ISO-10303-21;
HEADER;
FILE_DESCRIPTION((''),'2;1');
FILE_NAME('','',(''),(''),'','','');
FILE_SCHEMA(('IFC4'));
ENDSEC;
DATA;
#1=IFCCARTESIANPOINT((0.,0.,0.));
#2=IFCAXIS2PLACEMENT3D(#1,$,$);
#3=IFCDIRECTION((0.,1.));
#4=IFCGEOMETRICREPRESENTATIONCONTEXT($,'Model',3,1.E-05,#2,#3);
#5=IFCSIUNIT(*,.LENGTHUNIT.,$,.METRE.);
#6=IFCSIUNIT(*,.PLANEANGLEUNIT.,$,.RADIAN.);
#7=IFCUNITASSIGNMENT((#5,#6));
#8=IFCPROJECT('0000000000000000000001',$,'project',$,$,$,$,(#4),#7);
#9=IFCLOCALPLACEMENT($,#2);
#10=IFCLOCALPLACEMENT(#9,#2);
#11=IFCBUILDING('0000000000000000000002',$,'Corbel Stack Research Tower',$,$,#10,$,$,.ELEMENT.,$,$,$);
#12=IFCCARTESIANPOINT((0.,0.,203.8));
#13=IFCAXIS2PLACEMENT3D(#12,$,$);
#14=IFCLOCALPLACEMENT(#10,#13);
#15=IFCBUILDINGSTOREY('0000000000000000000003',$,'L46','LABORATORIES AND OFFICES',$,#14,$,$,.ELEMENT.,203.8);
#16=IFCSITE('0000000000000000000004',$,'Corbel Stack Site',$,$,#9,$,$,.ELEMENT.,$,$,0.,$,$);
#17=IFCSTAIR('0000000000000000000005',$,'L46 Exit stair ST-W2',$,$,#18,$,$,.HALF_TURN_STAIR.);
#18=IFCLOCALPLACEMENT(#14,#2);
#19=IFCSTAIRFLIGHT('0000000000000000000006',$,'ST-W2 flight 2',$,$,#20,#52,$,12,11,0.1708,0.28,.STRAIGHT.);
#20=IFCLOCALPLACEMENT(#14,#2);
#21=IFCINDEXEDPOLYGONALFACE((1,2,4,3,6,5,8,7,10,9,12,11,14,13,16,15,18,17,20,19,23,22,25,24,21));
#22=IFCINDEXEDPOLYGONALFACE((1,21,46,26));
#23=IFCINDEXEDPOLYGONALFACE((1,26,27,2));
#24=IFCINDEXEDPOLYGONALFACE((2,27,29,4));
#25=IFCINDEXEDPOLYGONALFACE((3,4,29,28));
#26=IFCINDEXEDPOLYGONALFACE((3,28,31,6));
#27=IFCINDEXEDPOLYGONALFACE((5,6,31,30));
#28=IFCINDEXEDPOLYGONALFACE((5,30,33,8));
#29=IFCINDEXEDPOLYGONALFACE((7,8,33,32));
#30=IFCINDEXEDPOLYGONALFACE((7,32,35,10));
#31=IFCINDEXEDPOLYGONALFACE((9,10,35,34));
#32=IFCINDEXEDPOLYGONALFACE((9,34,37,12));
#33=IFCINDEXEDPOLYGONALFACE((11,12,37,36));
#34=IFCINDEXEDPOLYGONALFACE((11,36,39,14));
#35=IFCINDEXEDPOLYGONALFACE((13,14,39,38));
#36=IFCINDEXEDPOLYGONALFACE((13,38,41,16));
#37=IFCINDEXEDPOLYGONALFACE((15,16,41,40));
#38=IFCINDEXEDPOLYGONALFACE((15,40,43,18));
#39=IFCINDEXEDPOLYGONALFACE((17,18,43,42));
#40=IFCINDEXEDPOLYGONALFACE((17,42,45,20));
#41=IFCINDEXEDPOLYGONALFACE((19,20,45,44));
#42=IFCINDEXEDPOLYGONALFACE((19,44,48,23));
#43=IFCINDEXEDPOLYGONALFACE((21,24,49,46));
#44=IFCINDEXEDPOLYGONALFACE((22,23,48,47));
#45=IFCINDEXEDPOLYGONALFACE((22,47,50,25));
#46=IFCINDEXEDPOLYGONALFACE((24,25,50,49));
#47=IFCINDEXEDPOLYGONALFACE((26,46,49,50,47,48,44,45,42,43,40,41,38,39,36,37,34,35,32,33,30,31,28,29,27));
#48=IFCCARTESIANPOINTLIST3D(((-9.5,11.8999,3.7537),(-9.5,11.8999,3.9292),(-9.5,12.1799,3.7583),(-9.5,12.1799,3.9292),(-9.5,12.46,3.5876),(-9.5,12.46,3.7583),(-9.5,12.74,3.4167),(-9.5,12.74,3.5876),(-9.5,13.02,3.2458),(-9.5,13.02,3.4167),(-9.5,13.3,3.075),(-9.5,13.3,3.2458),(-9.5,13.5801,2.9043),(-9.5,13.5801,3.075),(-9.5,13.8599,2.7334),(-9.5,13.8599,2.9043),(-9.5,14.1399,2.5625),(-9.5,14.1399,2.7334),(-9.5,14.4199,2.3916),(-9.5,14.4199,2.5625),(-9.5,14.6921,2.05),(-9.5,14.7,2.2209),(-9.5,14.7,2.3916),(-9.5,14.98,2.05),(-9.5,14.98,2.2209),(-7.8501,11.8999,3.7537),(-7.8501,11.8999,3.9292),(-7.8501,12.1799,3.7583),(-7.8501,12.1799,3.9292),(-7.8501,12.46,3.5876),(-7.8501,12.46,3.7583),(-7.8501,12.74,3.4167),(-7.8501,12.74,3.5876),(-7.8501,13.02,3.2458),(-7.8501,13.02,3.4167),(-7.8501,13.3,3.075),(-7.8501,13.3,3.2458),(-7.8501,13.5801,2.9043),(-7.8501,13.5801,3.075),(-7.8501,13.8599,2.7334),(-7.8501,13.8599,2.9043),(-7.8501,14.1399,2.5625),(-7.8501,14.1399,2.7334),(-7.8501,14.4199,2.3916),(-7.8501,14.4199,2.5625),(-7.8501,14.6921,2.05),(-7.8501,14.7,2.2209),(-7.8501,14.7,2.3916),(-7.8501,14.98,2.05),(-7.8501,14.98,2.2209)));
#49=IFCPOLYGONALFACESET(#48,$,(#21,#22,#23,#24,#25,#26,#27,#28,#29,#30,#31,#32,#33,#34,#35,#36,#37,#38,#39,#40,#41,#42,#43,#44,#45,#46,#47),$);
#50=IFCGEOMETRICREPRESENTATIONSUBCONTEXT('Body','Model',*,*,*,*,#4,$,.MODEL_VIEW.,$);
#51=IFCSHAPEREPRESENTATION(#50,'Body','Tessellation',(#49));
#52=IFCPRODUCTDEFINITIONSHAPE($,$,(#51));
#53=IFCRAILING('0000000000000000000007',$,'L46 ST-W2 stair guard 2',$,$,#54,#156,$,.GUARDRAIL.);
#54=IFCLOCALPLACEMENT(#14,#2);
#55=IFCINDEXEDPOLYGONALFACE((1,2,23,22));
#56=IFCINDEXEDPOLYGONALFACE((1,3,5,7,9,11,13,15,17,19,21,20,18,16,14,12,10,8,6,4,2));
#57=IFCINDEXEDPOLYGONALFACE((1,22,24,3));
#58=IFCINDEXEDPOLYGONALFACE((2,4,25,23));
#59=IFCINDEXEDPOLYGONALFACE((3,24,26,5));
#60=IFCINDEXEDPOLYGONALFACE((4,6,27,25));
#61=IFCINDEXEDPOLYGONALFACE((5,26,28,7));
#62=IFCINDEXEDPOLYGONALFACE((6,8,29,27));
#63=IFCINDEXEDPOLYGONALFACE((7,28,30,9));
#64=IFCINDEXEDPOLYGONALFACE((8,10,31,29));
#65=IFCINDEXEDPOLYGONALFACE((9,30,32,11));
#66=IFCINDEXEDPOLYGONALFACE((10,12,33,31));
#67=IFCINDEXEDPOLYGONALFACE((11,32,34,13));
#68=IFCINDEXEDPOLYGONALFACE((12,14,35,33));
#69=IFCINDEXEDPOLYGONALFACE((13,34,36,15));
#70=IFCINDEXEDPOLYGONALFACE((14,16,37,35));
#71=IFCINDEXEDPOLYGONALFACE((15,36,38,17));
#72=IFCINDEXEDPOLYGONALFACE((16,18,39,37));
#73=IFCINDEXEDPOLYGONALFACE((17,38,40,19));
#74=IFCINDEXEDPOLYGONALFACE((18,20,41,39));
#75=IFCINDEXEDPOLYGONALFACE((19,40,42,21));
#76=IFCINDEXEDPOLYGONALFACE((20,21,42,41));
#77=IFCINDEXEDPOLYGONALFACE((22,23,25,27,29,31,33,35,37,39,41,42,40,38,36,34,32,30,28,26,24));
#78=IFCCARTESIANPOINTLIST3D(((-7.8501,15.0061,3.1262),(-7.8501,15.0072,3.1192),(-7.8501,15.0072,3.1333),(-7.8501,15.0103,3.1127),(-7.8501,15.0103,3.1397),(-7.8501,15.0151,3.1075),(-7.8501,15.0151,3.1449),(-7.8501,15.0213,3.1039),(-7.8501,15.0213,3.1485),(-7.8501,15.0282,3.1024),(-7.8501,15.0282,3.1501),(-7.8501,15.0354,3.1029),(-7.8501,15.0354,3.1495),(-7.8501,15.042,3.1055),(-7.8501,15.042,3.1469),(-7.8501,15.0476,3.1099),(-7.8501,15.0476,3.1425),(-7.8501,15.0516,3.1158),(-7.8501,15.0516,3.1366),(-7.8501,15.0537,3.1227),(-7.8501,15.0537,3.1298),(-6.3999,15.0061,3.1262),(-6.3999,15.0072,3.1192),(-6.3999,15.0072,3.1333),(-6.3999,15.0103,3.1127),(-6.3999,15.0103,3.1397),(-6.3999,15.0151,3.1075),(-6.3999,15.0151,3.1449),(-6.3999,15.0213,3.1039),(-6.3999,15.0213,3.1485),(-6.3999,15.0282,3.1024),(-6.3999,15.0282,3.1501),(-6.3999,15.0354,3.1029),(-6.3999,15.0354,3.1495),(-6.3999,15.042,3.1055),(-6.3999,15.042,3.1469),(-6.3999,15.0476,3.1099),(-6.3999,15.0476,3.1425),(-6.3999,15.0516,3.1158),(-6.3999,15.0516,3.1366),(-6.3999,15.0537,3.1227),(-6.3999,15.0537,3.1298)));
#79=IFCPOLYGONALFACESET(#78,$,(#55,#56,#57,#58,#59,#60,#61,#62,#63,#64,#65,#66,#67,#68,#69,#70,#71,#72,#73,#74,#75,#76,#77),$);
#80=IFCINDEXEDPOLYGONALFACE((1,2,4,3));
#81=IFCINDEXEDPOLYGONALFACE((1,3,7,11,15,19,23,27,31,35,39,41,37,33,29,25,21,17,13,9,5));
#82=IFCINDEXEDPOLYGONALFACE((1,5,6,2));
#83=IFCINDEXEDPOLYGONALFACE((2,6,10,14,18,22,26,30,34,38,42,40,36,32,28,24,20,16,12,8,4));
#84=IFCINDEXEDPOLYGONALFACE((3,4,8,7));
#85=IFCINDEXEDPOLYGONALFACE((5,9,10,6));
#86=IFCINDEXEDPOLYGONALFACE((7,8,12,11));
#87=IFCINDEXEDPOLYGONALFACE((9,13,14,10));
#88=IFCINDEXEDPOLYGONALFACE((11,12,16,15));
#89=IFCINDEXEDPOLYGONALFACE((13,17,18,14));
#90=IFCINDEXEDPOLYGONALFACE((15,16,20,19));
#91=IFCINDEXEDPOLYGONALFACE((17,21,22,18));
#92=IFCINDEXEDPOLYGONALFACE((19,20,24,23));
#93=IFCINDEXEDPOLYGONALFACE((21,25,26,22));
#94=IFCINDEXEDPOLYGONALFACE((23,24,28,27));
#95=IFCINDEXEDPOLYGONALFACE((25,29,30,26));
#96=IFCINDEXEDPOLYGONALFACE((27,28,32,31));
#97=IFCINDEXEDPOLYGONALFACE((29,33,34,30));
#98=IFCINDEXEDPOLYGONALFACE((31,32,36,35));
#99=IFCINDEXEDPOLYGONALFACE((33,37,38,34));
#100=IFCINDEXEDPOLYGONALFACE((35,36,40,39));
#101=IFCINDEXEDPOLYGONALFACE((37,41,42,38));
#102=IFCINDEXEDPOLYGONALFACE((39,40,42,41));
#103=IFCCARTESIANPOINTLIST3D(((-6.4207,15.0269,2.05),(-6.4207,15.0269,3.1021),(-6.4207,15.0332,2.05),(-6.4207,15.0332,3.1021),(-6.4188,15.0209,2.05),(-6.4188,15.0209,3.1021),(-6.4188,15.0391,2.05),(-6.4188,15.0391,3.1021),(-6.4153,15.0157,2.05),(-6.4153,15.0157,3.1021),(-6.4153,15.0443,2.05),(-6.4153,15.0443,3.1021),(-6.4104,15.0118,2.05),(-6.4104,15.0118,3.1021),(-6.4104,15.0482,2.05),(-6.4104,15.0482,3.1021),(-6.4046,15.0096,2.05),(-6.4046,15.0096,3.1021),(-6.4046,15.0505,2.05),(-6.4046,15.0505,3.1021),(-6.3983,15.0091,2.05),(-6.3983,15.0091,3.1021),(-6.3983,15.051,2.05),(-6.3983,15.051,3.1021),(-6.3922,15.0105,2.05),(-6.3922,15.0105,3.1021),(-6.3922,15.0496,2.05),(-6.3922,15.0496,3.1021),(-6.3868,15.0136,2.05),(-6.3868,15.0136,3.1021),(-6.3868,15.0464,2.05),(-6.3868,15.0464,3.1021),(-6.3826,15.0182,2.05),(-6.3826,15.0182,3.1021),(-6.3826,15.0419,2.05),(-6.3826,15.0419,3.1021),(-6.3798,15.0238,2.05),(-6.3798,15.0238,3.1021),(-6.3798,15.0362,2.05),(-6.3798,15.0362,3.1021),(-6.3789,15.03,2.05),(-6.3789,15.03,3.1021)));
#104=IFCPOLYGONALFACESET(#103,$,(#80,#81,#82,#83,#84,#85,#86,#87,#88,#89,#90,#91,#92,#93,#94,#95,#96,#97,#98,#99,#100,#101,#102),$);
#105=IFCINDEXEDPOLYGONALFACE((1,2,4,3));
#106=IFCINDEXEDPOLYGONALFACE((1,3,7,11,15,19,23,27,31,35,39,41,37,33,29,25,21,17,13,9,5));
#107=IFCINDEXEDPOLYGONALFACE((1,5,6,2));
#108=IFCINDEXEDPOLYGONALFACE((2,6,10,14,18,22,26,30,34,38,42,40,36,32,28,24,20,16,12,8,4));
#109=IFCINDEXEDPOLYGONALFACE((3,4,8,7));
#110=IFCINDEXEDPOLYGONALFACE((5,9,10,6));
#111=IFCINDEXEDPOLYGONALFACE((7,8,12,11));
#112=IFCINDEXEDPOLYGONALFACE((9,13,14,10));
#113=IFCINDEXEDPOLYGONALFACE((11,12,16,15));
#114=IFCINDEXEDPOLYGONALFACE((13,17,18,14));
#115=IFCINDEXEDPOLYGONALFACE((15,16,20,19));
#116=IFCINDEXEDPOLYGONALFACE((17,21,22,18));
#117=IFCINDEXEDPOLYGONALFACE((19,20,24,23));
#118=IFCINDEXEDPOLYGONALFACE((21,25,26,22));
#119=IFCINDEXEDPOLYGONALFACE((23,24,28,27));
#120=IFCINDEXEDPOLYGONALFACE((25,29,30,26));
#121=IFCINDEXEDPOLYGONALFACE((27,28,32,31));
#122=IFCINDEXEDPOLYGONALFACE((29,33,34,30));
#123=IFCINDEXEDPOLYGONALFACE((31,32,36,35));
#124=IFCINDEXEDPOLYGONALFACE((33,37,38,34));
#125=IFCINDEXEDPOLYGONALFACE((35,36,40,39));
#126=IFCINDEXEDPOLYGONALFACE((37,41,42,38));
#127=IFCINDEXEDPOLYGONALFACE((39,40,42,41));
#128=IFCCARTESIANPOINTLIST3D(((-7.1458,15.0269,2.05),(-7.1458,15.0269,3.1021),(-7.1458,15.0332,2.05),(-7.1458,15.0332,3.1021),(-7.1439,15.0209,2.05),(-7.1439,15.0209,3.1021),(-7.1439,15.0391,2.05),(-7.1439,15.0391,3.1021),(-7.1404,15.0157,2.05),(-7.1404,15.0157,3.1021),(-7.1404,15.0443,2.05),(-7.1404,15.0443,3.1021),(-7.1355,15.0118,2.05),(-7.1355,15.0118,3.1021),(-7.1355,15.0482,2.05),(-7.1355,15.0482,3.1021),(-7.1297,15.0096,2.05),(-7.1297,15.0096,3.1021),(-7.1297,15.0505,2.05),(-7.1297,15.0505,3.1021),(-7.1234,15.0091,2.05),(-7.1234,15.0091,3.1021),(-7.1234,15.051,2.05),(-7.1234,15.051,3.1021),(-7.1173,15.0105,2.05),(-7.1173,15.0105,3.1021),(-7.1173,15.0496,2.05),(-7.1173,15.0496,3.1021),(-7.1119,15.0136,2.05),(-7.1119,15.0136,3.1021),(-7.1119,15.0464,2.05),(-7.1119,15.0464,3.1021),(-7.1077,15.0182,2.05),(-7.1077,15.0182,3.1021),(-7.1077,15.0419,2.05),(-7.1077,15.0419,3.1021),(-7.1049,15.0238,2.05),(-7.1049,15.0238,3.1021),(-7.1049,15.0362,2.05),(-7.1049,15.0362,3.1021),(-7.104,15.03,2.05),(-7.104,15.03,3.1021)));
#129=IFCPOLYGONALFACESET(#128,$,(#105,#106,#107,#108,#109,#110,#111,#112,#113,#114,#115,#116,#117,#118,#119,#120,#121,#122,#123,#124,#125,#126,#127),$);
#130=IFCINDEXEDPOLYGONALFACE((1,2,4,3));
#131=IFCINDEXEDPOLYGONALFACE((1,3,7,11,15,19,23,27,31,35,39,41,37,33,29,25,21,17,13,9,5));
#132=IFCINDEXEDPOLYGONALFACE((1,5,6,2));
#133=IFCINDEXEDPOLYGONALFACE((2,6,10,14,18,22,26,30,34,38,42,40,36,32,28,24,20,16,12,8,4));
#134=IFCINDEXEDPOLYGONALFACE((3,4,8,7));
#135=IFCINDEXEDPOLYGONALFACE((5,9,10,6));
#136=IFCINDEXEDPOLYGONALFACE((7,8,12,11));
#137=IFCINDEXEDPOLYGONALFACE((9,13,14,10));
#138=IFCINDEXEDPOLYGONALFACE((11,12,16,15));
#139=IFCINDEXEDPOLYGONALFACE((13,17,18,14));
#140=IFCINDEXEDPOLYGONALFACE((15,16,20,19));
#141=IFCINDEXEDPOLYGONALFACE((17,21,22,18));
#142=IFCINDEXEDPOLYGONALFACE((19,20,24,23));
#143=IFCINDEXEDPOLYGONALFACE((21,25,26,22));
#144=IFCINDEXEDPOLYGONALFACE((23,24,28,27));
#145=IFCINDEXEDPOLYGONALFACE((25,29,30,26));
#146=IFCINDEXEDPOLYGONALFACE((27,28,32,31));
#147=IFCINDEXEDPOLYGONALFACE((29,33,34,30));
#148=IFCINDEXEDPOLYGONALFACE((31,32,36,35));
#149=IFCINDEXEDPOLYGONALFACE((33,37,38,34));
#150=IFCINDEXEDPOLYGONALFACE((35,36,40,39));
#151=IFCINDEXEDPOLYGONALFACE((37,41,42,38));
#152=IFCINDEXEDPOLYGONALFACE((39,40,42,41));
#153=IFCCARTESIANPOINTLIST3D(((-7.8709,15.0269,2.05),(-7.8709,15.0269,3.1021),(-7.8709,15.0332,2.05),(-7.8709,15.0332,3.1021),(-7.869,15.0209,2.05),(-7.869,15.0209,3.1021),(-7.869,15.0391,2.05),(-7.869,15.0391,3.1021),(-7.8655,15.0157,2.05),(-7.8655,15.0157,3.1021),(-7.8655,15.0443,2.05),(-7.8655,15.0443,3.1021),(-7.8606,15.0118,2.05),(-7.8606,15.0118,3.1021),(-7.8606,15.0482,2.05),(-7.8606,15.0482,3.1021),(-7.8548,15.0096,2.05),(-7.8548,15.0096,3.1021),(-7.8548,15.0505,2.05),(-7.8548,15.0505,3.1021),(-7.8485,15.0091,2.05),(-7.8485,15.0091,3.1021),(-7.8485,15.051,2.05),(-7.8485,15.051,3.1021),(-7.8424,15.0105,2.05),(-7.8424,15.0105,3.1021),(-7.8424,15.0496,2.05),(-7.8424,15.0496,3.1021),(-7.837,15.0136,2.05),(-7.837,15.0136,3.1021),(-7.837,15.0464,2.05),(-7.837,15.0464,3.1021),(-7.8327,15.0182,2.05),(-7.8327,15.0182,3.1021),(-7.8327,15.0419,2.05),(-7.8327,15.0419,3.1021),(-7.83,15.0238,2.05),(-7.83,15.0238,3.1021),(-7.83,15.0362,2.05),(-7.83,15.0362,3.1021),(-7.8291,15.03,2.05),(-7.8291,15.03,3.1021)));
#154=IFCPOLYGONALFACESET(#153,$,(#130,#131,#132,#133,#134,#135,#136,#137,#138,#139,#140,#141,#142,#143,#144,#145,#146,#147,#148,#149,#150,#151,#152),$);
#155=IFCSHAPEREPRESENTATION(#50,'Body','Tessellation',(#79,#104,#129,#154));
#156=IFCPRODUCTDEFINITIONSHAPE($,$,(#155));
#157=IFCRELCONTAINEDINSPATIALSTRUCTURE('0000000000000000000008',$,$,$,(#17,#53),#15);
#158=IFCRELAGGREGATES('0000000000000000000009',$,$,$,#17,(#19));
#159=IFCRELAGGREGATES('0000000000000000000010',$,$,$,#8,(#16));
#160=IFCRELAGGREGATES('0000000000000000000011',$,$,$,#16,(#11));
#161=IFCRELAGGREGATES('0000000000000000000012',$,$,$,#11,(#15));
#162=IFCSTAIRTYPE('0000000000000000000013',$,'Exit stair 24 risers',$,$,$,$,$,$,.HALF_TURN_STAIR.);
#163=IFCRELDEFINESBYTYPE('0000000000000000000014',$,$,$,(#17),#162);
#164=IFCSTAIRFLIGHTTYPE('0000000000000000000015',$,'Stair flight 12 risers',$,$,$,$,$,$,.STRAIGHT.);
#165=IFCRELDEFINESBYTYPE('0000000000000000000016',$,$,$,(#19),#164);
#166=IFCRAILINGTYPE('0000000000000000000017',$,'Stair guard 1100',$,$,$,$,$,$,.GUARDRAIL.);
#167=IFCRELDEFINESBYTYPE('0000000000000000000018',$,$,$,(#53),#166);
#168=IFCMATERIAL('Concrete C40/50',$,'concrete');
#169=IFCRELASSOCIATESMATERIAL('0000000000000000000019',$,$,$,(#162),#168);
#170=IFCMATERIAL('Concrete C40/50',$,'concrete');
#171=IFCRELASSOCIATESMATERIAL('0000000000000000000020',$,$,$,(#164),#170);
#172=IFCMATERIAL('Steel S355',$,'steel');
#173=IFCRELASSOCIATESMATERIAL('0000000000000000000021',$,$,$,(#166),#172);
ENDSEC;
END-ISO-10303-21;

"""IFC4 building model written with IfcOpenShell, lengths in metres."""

from ifc_helpers import new_model, si_unit, direction, frame, origin, origin_2d, place, context, subcontext, project, spatial, polyline, circle, outline, extrude, material, type_object, element, aggregate, save


model = new_model("IFC4")

# Units and contexts
model_context = context("Model", 3, precision=1e-05, world=origin(), true_north=direction((0.0, 1.0)))
body_context = subcontext(model_context, "Body", "Model", "MODEL_VIEW")
ifc_project = project(units=[si_unit("LENGTHUNIT", "METRE"), si_unit("PLANEANGLEUNIT", "RADIAN")], contexts=[model_context])

# Site, building, storey
site_placement = place(None, origin())
site = spatial("IfcSite", under=ifc_project, at=site_placement, Name="Corbel Stack Site", CompositionType="ELEMENT", RefElevation=0.0)
building_placement = place(site_placement, origin())
building = spatial("IfcBuilding", under=site, at=building_placement, Name="Corbel Stack Research Tower", CompositionType="ELEMENT")
storey_placement = place(building_placement, frame((0.0, 0.0, 203.8)))
storey = spatial("IfcBuildingStorey", under=building, at=storey_placement, Name="L46", Description="LABORATORIES AND OFFICES", CompositionType="ELEMENT", Elevation=203.8)

# Stair, stair flight
ifc_material_1 = material(Name="Concrete C40/50", Category="concrete")
stair_type = type_object("IfcStairType", Name="Exit stair 24 risers", PredefinedType="HALF_TURN_STAIR", material=ifc_material_1)
stair_placement = place(storey_placement, origin())
stair = element("IfcStair", 1, at=stair_placement, inside=storey, type_object=stair_type, Name="L46 Exit stair ST-W2", PredefinedType="HALF_TURN_STAIR")
ifc_material_2 = material(Name="Concrete C40/50", Category="concrete")
stair_flight_type = type_object("IfcStairFlightType", Name="Stair flight 12 risers", PredefinedType="STRAIGHT", material=ifc_material_2)
stair_flight_placement = place(storey_placement, frame((-8.675, 14.98, 2.05), z_axis=(0.0, 0.0, 1.0), x_axis=(0.0, -1.0, 0.0)))
stair_flight = element("IfcStairFlight", 2, at=stair_flight_placement, type_object=stair_flight_type, Name="ST-W2 flight 2", NumberOfRisers=12, NumberOfTreads=11, PredefinedType="STRAIGHT", RiserHeight=0.1708, TreadLength=0.28, context=body_context, shape_type="SweptSolid", body=[
    extrude(outline(polyline([(0.0, 0.0), (0.0, 0.1709), (0.28, 0.1709), (0.28, 0.3416), (0.5601, 0.3416), (0.5601, 0.5125), (0.8401, 0.5125), (0.8401, 0.6833), (1.1201, 0.6833), (1.1201, 0.8542), (1.3999, 0.8542), (1.3999, 1.0249), (1.6799, 1.0249), (1.6799, 1.1958), (1.96, 1.1958), (1.96, 1.3667), (2.24, 1.3667), (2.24, 1.5376), (2.52, 1.5376), (2.52, 1.7083), (2.8, 1.7083), (2.8, 1.8792), (3.0801, 1.8792), (3.0801, 2.05), (3.0801, 1.7036), (0.2878, 0.0), (0.0, 0.0)])), frame((0.0, 0.825, 0.0), z_axis=(0.0, -1.0, 0.0), x_axis=(1.0, 0.0, 0.0)), (0.0, 0.0, 1.0), 1.6499),
])
aggregate(stair, [stair_flight])

# Railing
ifc_material_3 = material(Name="Steel S355", Category="steel")
railing_type_1 = type_object("IfcRailingType", Name="Stair guard 1100", PredefinedType="GUARDRAIL", material=ifc_material_3)
railing_1_placement = place(storey_placement, frame((-6.3999, 15.03, 2.05)))
element("IfcRailing", 3, at=railing_1_placement, inside=storey, type_object=railing_type_1, Name="L46 ST-W2 stair guard 2", PredefinedType="GUARDRAIL", context=body_context, shape_type="SweptSolid", body=[
    extrude(circle(Radius=0.0239, at=origin_2d()), frame((0.0, 0.0, 1.0762), z_axis=(-1.0, 0.0, 0.0), x_axis=(0.0, -1.0, 0.0)), (0.0, 0.0, 1.0), 1.4502),
    extrude(circle(Radius=0.021, at=origin_2d()), origin(), (0.0, 0.0, 1.0), 1.052),
    extrude(circle(Radius=0.021, at=origin_2d()), frame((-0.7251, 0.0, 0.0)), (0.0, 0.0, 1.0), 1.052),
    extrude(circle(Radius=0.021, at=origin_2d()), frame((-1.4502, 0.0, 0.0)), (0.0, 0.0, 1.0), 1.052),
])

save(model, "model.ifc")
